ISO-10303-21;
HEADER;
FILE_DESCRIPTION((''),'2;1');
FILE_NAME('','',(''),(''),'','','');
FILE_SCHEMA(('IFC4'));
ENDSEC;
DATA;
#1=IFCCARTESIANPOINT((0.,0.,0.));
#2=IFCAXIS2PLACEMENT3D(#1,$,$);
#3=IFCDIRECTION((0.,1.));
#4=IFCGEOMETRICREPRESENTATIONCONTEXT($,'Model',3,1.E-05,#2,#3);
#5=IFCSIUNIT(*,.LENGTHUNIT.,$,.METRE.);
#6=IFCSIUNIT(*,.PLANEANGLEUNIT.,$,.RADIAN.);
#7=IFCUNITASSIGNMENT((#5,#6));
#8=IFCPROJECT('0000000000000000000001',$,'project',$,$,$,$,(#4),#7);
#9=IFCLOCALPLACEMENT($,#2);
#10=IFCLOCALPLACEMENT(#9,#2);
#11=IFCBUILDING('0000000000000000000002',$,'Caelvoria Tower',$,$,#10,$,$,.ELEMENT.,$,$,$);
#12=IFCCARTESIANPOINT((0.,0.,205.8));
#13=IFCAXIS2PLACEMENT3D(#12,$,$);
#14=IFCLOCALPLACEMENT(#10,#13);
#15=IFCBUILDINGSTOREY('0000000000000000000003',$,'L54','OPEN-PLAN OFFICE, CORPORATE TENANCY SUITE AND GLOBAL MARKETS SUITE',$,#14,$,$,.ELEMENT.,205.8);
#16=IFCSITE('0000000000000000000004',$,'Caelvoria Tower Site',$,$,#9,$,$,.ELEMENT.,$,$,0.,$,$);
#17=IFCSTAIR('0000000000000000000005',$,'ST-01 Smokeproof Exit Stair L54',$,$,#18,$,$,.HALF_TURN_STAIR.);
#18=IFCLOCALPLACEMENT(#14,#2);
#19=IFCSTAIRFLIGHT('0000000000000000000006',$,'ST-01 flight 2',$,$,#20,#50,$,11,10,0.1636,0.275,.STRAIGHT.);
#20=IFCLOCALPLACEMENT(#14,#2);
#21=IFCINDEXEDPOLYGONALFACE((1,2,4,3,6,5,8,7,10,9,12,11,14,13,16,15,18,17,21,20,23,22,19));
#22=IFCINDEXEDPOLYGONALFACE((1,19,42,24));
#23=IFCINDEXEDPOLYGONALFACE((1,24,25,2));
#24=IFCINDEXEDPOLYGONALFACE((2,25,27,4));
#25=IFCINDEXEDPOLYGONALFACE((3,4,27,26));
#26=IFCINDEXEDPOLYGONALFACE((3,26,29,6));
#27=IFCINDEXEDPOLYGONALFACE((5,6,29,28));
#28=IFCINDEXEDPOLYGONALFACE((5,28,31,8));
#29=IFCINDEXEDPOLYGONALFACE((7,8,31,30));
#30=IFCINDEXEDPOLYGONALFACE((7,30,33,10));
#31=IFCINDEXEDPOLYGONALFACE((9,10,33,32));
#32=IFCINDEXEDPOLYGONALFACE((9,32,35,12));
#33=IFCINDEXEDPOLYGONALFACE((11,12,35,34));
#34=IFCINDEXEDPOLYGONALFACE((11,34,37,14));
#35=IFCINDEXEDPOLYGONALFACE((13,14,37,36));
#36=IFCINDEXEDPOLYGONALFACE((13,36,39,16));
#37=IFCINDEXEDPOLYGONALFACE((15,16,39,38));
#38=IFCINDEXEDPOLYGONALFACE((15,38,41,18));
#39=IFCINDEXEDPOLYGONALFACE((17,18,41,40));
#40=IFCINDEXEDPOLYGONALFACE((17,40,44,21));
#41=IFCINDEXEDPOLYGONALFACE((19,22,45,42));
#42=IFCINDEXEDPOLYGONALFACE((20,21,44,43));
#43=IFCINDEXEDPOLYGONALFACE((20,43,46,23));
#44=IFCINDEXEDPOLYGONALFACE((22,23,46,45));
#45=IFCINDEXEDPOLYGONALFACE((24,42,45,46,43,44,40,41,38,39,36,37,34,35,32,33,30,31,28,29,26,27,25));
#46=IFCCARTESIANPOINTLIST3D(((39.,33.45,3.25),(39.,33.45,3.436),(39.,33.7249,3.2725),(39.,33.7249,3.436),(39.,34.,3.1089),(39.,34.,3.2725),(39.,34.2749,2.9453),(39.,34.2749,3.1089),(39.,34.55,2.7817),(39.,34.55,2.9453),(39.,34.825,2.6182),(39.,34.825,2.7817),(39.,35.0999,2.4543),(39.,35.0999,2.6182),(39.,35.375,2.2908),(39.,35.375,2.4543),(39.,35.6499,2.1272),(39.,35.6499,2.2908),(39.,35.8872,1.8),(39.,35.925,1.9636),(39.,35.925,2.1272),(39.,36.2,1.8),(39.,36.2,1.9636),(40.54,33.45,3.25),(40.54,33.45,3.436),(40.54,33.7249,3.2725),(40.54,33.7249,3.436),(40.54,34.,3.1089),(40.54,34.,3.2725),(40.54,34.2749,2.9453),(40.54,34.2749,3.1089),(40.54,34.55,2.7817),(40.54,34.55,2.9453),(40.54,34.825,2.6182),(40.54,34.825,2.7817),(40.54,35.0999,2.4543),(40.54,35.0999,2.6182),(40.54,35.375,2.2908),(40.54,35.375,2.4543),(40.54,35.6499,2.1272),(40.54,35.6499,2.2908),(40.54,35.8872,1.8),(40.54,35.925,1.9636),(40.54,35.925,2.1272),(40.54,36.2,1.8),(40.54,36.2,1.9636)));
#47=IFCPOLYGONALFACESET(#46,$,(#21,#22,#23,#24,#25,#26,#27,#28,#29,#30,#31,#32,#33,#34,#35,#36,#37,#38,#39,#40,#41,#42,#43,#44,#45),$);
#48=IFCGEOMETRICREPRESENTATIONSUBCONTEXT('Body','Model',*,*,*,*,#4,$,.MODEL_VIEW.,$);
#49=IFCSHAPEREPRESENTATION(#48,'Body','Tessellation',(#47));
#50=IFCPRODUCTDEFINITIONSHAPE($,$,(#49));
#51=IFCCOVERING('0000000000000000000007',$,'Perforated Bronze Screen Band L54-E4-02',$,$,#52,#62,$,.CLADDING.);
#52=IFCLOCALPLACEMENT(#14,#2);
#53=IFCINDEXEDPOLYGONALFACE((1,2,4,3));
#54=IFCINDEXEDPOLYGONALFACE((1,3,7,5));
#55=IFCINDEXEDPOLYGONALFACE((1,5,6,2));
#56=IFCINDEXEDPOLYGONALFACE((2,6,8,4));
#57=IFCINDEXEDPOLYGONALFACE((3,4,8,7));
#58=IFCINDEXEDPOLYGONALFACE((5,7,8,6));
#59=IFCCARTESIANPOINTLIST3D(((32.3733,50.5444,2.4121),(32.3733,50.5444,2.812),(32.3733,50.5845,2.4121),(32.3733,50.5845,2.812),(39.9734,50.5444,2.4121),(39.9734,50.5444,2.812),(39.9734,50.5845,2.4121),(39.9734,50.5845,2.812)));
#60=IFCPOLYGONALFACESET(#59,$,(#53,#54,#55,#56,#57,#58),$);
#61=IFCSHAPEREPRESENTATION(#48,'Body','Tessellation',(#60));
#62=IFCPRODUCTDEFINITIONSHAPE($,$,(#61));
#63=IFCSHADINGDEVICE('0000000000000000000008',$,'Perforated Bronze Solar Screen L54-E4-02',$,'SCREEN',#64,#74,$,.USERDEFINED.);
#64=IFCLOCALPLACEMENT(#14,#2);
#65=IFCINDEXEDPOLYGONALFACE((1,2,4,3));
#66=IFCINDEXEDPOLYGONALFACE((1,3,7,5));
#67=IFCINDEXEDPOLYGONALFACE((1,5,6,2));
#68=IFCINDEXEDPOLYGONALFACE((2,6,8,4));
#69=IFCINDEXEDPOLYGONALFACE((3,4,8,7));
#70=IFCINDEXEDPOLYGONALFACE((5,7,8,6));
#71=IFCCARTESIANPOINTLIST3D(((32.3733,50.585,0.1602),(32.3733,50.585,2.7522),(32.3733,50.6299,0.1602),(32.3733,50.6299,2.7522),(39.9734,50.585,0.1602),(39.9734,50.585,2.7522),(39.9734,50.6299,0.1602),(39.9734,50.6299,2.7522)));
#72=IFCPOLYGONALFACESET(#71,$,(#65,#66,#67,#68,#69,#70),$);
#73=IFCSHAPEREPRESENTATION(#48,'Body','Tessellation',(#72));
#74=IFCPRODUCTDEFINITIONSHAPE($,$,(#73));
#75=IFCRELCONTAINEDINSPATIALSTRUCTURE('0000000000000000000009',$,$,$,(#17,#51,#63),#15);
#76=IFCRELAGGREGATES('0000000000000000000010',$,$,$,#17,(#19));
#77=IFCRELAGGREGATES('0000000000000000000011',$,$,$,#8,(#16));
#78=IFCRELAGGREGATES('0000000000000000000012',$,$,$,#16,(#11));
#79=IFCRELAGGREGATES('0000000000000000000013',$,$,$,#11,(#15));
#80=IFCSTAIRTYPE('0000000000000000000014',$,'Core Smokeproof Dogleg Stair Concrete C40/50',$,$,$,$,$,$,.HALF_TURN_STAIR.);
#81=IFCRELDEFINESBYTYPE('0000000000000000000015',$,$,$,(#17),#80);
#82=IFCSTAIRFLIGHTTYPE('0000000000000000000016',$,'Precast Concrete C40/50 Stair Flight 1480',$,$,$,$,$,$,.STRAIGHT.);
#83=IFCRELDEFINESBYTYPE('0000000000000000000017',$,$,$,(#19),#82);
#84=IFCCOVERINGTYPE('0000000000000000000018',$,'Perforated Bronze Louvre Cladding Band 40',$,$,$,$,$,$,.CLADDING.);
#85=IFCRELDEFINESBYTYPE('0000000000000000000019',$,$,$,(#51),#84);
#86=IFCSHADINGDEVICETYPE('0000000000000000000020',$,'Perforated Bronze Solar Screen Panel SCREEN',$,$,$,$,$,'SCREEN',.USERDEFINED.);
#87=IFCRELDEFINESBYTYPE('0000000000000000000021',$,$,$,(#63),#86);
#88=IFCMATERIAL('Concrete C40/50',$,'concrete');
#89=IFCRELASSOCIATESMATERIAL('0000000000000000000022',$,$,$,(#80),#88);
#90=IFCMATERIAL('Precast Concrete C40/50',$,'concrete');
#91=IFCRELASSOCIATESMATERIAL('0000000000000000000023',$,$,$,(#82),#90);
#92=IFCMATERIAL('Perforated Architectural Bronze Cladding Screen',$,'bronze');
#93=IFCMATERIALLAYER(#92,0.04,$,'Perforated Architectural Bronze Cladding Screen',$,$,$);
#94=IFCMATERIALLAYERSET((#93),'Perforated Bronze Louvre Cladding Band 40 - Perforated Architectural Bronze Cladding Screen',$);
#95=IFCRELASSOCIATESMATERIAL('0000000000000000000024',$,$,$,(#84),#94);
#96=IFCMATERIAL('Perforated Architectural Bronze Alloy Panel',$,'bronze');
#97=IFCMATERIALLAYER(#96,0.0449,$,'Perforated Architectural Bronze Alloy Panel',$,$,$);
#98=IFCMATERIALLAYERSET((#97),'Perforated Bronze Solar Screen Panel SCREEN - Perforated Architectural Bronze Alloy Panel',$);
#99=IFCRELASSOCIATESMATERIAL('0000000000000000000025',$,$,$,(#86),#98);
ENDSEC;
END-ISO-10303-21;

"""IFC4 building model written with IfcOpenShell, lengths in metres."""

from ifc_helpers import new_model, si_unit, direction, frame, origin, origin_2d, place, context, subcontext, project, spatial, polyline, rectangle, outline, extrude, material, layer, layer_set, type_object, element, aggregate, save


model = new_model("IFC4")

# Units and contexts
model_context = context("Model", 3, precision=1e-05, world=origin(), true_north=direction((0.0, 1.0)))
body_context = subcontext(model_context, "Body", "Model", "MODEL_VIEW")
ifc_project = project(units=[si_unit("LENGTHUNIT", "METRE"), si_unit("PLANEANGLEUNIT", "RADIAN")], contexts=[model_context])

# Site, building, storey
site_placement = place(None, origin())
site = spatial("IfcSite", under=ifc_project, at=site_placement, Name="Caelvoria Tower Site", CompositionType="ELEMENT", RefElevation=0.0)
building_placement = place(site_placement, origin())
building = spatial("IfcBuilding", under=site, at=building_placement, Name="Caelvoria Tower", CompositionType="ELEMENT")
storey_placement = place(building_placement, frame((0.0, 0.0, 205.8)))
storey = spatial("IfcBuildingStorey", under=building, at=storey_placement, Name="L54", Description="OPEN-PLAN OFFICE, CORPORATE TENANCY SUITE AND GLOBAL MARKETS SUITE", CompositionType="ELEMENT", Elevation=205.8)

# Stair, stair flight
ifc_material_1 = material(Name="Concrete C40/50", Category="concrete")
stair_type = type_object("IfcStairType", Name="Core Smokeproof Dogleg Stair Concrete C40/50", PredefinedType="HALF_TURN_STAIR", material=ifc_material_1)
stair_placement = place(storey_placement, origin())
stair = element("IfcStair", 1, at=stair_placement, inside=storey, type_object=stair_type, Name="ST-01 Smokeproof Exit Stair L54", PredefinedType="HALF_TURN_STAIR")
ifc_material_2 = material(Name="Precast Concrete C40/50", Category="concrete")
stair_flight_type = type_object("IfcStairFlightType", Name="Precast Concrete C40/50 Stair Flight 1480", PredefinedType="STRAIGHT", material=ifc_material_2)
stair_flight_1_placement = place(storey_placement, frame((39.77, 36.2, 1.8), z_axis=(0.0, 0.0, 1.0), x_axis=(0.0, -1.0, 0.0)))
stair_flight_1 = element("IfcStairFlight", 2, at=stair_flight_1_placement, type_object=stair_flight_type, Name="ST-01 flight 2", NumberOfRisers=11, NumberOfTreads=10, PredefinedType="STRAIGHT", RiserHeight=0.1636, TreadLength=0.275, context=body_context, shape_type="SweptSolid", body=[
    extrude(outline(polyline([(0.0, 0.0), (0.0, 0.1636), (0.2749, 0.1636), (0.2749, 0.3271), (0.55, 0.3271), (0.55, 0.4907), (0.825, 0.4907), (0.825, 0.6543), (1.1001, 0.6543), (1.1001, 0.8181), (1.375, 0.8181), (1.375, 0.9817), (1.6499, 0.9817), (1.6499, 1.1453), (1.925, 1.1453), (1.925, 1.3088), (2.2, 1.3088), (2.2, 1.4724), (2.4751, 1.4724), (2.4751, 1.636), (2.75, 1.636), (2.75, 1.7996), (2.75, 1.45), (0.3127, 0.0), (0.0, 0.0)])), frame((0.0, 0.77, 0.0), z_axis=(0.0, -1.0, 0.0), x_axis=(1.0, 0.0, 0.0)), (0.0, 0.0, 1.0), 1.54),
])
aggregate(stair, [stair_flight_1])

# Covering
ifc_material_3 = material(Name="Perforated Architectural Bronze Cladding Screen", Category="bronze")
ifc_layer_1 = layer(ifc_material_3, 0.04, Name="Perforated Architectural Bronze Cladding Screen")
ifc_layer_set_1 = layer_set([ifc_layer_1], Name="Perforated Bronze Louvre Cladding Band 40 - Perforated Architectural Bronze Cladding Screen")
covering_type = type_object("IfcCoveringType", Name="Perforated Bronze Louvre Cladding Band 40", PredefinedType="CLADDING", material=ifc_layer_set_1)
covering_placement = place(storey_placement, frame((36.1733, 50.5645, 2.4121), z_axis=(0.0, 0.0, 1.0), x_axis=(-1.0, 0.0, 0.0)))
element("IfcCovering", 3, at=covering_placement, inside=storey, type_object=covering_type, Name="Perforated Bronze Screen Band L54-E4-02", PredefinedType="CLADDING", context=body_context, shape_type="SweptSolid", body=[
    extrude(rectangle(XDim=7.6001, YDim=0.04, at=origin_2d()), origin(), (0.0, 0.0, 1.0), 0.3999),
])

# Shading device
ifc_material_4 = material(Name="Perforated Architectural Bronze Alloy Panel", Category="bronze")
ifc_layer_2 = layer(ifc_material_4, 0.0449, Name="Perforated Architectural Bronze Alloy Panel")
ifc_layer_set_2 = layer_set([ifc_layer_2], Name="Perforated Bronze Solar Screen Panel SCREEN - Perforated Architectural Bronze Alloy Panel")
shading_device_type = type_object("IfcShadingDeviceType", Name="Perforated Bronze Solar Screen Panel SCREEN", ElementType="SCREEN", PredefinedType="USERDEFINED", material=ifc_layer_set_2)
shading_device_placement = place(storey_placement, frame((36.1733, 50.6074, 0.1602), z_axis=(0.0, 0.0, 1.0), x_axis=(-1.0, 0.0, 0.0)))
element("IfcShadingDevice", 4, at=shading_device_placement, inside=storey, type_object=shading_device_type, Name="Perforated Bronze Solar Screen L54-E4-02", ObjectType="SCREEN", PredefinedType="USERDEFINED", context=body_context, shape_type="SweptSolid", body=[
    extrude(rectangle(XDim=7.6001, YDim=0.0449, at=origin_2d()), origin(), (0.0, 0.0, 1.0), 2.592),
])

save(model, "model.ifc")
